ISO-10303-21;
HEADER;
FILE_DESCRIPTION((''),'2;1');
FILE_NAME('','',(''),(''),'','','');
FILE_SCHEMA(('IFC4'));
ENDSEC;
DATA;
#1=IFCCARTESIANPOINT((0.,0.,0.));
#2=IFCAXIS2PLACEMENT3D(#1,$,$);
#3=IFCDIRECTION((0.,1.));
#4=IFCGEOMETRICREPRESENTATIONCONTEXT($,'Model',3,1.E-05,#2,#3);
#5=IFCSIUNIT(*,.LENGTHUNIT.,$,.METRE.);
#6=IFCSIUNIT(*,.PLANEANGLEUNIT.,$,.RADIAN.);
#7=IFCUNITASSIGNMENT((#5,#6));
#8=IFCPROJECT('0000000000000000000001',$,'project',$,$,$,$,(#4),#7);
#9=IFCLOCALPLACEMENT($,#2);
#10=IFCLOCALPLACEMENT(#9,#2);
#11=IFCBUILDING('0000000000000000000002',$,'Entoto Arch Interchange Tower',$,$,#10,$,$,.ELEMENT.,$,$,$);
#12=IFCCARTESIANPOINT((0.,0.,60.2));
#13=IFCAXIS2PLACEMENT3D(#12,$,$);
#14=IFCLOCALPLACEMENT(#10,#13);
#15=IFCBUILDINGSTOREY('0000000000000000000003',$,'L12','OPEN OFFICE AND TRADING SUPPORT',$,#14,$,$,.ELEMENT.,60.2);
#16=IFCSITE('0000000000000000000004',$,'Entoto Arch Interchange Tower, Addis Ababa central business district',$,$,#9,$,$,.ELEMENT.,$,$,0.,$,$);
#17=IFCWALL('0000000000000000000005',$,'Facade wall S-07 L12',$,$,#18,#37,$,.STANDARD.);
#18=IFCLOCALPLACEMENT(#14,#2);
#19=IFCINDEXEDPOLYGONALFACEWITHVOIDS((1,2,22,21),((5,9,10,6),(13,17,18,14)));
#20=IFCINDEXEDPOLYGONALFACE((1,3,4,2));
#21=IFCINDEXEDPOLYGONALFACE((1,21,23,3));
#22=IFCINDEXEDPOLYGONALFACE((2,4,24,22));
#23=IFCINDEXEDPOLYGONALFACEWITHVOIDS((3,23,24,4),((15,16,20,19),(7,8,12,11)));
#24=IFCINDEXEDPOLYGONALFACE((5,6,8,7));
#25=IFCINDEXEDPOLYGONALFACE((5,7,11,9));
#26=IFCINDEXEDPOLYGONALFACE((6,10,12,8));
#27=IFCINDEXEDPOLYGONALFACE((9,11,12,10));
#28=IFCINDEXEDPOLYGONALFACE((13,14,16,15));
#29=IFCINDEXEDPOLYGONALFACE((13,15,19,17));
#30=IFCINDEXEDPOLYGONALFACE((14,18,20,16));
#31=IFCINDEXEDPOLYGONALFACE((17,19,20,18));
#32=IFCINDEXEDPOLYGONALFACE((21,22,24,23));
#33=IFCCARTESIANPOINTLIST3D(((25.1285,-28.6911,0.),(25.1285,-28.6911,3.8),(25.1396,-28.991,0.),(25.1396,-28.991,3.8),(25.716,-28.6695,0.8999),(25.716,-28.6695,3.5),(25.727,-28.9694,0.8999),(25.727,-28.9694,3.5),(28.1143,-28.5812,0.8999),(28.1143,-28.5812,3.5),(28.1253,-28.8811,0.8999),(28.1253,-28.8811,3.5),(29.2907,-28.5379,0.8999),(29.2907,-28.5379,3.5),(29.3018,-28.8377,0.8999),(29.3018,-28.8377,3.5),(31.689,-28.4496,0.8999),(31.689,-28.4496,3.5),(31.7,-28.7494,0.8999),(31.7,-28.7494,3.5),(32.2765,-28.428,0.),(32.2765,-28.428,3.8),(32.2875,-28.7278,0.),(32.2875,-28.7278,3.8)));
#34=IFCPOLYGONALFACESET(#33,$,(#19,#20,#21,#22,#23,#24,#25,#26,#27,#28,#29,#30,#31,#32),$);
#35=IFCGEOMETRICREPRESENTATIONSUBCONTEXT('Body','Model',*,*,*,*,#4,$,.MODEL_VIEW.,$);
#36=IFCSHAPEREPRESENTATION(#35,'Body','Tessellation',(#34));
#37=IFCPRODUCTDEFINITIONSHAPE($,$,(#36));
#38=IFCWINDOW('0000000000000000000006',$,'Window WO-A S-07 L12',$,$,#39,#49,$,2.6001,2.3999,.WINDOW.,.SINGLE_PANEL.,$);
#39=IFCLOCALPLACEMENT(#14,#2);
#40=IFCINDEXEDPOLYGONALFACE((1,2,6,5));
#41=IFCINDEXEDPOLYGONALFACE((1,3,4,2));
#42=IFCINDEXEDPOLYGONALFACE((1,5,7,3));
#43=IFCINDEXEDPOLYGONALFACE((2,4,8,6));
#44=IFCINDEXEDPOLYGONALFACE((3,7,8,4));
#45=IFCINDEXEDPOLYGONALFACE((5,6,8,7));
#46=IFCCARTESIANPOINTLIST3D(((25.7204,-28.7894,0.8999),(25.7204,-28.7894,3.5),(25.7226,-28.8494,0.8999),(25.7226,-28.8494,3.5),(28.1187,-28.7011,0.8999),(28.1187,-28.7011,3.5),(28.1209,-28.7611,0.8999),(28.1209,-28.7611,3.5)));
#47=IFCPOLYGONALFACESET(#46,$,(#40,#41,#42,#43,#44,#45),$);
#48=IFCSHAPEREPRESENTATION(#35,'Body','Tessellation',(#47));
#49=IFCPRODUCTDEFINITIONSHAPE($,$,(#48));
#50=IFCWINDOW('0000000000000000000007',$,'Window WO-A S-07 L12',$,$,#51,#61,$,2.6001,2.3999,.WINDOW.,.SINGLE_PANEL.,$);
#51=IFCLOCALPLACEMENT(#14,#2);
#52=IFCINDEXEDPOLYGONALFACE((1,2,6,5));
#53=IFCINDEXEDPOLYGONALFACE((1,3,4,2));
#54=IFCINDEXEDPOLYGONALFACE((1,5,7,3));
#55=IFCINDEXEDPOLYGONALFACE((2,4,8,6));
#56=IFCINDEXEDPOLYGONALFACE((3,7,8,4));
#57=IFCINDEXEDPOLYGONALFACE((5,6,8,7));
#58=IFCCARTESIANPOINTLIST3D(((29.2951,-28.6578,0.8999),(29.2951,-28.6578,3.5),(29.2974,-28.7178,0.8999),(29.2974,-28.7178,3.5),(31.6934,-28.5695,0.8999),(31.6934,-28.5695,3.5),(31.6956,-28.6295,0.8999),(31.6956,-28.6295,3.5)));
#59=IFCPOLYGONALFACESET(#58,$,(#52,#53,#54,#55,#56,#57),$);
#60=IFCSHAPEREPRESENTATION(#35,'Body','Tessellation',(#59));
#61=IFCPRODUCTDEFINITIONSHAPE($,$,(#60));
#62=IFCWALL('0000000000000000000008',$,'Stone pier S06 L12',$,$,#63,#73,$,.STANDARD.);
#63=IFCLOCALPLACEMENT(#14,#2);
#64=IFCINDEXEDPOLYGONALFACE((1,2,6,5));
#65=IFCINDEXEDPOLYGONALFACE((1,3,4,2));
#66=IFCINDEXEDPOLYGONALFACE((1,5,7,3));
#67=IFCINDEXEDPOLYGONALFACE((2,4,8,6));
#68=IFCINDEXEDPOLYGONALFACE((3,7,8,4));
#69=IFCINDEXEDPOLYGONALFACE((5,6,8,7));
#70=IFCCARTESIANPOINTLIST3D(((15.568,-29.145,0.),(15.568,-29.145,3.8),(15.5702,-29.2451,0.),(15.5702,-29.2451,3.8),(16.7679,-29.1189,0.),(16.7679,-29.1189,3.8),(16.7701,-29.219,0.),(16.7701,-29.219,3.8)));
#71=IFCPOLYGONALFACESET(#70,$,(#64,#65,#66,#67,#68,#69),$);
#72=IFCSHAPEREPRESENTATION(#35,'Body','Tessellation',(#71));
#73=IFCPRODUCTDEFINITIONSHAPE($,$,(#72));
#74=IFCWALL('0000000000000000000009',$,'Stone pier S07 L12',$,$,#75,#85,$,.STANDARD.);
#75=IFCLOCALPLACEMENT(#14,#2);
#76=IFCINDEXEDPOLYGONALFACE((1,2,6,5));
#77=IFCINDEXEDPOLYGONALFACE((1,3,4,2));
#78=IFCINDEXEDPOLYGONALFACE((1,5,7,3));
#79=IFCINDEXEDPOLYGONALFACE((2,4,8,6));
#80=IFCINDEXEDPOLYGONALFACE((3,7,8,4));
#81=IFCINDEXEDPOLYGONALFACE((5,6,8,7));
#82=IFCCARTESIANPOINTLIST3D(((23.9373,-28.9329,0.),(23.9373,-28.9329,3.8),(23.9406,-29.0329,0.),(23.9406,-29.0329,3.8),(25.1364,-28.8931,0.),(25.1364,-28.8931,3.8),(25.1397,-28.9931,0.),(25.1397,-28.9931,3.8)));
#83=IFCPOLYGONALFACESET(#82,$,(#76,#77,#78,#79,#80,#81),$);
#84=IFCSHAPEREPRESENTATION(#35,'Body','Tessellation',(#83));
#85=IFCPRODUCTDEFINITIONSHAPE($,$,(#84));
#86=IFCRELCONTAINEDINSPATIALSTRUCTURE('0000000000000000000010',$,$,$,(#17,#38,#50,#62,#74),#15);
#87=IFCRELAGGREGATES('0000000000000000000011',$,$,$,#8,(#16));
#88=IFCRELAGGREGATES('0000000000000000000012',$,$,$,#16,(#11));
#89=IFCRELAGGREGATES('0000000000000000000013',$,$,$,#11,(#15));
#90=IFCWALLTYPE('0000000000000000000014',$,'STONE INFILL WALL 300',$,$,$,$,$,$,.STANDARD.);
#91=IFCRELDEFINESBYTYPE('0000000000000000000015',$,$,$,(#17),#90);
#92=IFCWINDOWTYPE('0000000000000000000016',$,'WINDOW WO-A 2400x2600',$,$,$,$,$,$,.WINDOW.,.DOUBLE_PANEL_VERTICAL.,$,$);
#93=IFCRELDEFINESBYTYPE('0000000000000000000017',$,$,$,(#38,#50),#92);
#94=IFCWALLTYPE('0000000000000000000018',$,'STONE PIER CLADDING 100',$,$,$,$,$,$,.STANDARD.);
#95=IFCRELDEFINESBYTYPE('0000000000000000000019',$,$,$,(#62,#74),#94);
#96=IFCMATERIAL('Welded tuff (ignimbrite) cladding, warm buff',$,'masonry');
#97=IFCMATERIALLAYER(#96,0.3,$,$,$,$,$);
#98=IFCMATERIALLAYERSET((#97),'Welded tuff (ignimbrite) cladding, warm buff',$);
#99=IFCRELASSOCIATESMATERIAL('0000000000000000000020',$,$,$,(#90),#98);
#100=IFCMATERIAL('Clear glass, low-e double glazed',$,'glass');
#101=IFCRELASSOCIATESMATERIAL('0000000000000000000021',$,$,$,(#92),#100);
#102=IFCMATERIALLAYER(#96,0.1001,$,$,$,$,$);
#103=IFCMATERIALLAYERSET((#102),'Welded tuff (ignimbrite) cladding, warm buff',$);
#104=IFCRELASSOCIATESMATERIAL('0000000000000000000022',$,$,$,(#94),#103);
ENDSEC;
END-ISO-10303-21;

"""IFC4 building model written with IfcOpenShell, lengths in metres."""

from ifc_helpers import new_model, si_unit, direction, frame, frame_2d, origin, place, context, subcontext, project, spatial, rectangle, extrude, material, layer, layer_set, type_object, element, fill, save


model = new_model("IFC4")

# Units and contexts
model_context = context("Model", 3, precision=1e-05, world=origin(), true_north=direction((0.0, 1.0)))
body_context = subcontext(model_context, "Body", "Model", "MODEL_VIEW")
ifc_project = project(units=[si_unit("LENGTHUNIT", "METRE"), si_unit("PLANEANGLEUNIT", "RADIAN")], contexts=[model_context])

# Site, building, storey
site_placement = place(None, origin())
site = spatial("IfcSite", under=ifc_project, at=site_placement, Name="Entoto Arch Interchange Tower, Addis Ababa central business district", CompositionType="ELEMENT", RefElevation=0.0)
building_placement = place(site_placement, origin())
building = spatial("IfcBuilding", under=site, at=building_placement, Name="Entoto Arch Interchange Tower", CompositionType="ELEMENT")
storey_placement = place(building_placement, frame((0.0, 0.0, 60.2)))
storey = spatial("IfcBuildingStorey", under=building, at=storey_placement, Name="L12", Description="OPEN OFFICE AND TRADING SUPPORT", CompositionType="ELEMENT", Elevation=60.2)

# Wall, openings, windows
ifc_material_1 = material(Name="Welded tuff (ignimbrite) cladding, warm buff", Category="masonry")
ifc_layer_1 = layer(ifc_material_1, 0.3)
ifc_layer_set_1 = layer_set([ifc_layer_1], Name="Welded tuff (ignimbrite) cladding, warm buff")
wall_type_1 = type_object("IfcWallType", Name="STONE INFILL WALL 300", PredefinedType="STANDARD", material=ifc_layer_set_1)
ifc_material_2 = material(Name="Clear glass, low-e double glazed", Category="glass")
window_type = type_object("IfcWindowType", Name="WINDOW WO-A 2400x2600", PartitioningType="DOUBLE_PANEL_VERTICAL", PredefinedType="WINDOW", material=ifc_material_2)
wall_1_placement = place(storey_placement, frame((25.134, -28.8411, 0.0), z_axis=(0.0, 0.0, 1.0), x_axis=(0.999323, 0.036795, 0.0)))
wall_1 = element("IfcWall", 1, at=wall_1_placement, inside=storey, type_object=wall_type_1, Name="Facade wall S-07 L12", PredefinedType="STANDARD", context=body_context, shape_type="SweptSolid", body=[
    extrude(rectangle(XDim=7.1528, YDim=0.3, at=frame_2d((3.5764, 0.0))), origin(), (0.0, 0.0, 1.0), 3.8),
])
opening_1_placement = place(wall_1_placement, frame((0.5879, 0.0, 0.8999)))
opening_1 = element("IfcOpeningElement", 2, at=opening_1_placement, cuts=wall_1, PredefinedType="OPENING", context=body_context, shape_type="SweptSolid", body=[
    extrude(rectangle(XDim=2.3999, YDim=2.6001, at=frame_2d((1.2, 1.3))), frame((0.0, 0.1602, 0.0), z_axis=(0.0, -1.0, 0.0), x_axis=(1.0, 0.0, 0.0)), (0.0, 0.0, 1.0), 0.3201),
])
opening_2_placement = place(wall_1_placement, frame((4.165, 0.0, 0.8999)))
opening_2 = element("IfcOpeningElement", 3, at=opening_2_placement, cuts=wall_1, PredefinedType="OPENING", context=body_context, shape_type="SweptSolid", body=[
    extrude(rectangle(XDim=2.3999, YDim=2.6001, at=frame_2d((1.2, 1.3))), frame((0.0, 0.1602, 0.0), z_axis=(0.0, -1.0, 0.0), x_axis=(1.0, 0.0, 0.0)), (0.0, 0.0, 1.0), 0.3201),
])
window_1_placement = place(opening_1_placement, origin())
window_1 = element("IfcWindow", 4, at=window_1_placement, inside=storey, type_object=window_type, Name="Window WO-A S-07 L12", OverallHeight=2.6001, OverallWidth=2.3999, PartitioningType="SINGLE_PANEL", PredefinedType="WINDOW", context=body_context, shape_type="SweptSolid", body=[
    extrude(rectangle(XDim=2.3999, YDim=2.6001, at=frame_2d((1.2, 1.3))), frame((0.0, 0.03, 0.0), z_axis=(0.0, -1.0, 0.0), x_axis=(1.0, 0.0, 0.0)), (0.0, 0.0, 1.0), 0.0601),
])
fill(opening_1, window_1)
window_2_placement = place(opening_2_placement, origin())
window_2 = element("IfcWindow", 5, at=window_2_placement, inside=storey, type_object=window_type, Name="Window WO-A S-07 L12", OverallHeight=2.6001, OverallWidth=2.3999, PartitioningType="SINGLE_PANEL", PredefinedType="WINDOW", context=body_context, shape_type="SweptSolid", body=[
    extrude(rectangle(XDim=2.3999, YDim=2.6001, at=frame_2d((1.2, 1.3))), frame((0.0, 0.03, 0.0), z_axis=(0.0, -1.0, 0.0), x_axis=(1.0, 0.0, 0.0)), (0.0, 0.0, 1.0), 0.0601),
])
fill(opening_2, window_2)

# Walls
ifc_layer_2 = layer(ifc_material_1, 0.1001)
ifc_layer_set_2 = layer_set([ifc_layer_2], Name="Welded tuff (ignimbrite) cladding, warm buff")
wall_type_2 = type_object("IfcWallType", Name="STONE PIER CLADDING 100", PredefinedType="STANDARD", material=ifc_layer_set_2)
wall_2_placement = place(storey_placement, frame((15.5691, -29.1951, 0.0), z_axis=(0.0, 0.0, 1.0), x_axis=(0.999763, 0.021765, 0.0)))
element("IfcWall", 6, at=wall_2_placement, inside=storey, type_object=wall_type_2, Name="Stone pier S06 L12", PredefinedType="STANDARD", context=body_context, shape_type="SweptSolid", body=[
    extrude(rectangle(XDim=1.2002, YDim=0.1001, at=frame_2d((0.6001, 0.0))), origin(), (0.0, 0.0, 1.0), 3.8),
])
wall_3_placement = place(storey_placement, frame((23.939, -28.9829, 0.0), z_axis=(0.0, 0.0, 1.0), x_axis=(0.99945, 0.033173, 0.0)))
element("IfcWall", 7, at=wall_3_placement, inside=storey, type_object=wall_type_2, Name="Stone pier S07 L12", PredefinedType="STANDARD", context=body_context, shape_type="SweptSolid", body=[
    extrude(rectangle(XDim=1.1997, YDim=0.1001, at=frame_2d((0.5999, 0.0))), origin(), (0.0, 0.0, 1.0), 3.8),
])

save(model, "model.ifc")
